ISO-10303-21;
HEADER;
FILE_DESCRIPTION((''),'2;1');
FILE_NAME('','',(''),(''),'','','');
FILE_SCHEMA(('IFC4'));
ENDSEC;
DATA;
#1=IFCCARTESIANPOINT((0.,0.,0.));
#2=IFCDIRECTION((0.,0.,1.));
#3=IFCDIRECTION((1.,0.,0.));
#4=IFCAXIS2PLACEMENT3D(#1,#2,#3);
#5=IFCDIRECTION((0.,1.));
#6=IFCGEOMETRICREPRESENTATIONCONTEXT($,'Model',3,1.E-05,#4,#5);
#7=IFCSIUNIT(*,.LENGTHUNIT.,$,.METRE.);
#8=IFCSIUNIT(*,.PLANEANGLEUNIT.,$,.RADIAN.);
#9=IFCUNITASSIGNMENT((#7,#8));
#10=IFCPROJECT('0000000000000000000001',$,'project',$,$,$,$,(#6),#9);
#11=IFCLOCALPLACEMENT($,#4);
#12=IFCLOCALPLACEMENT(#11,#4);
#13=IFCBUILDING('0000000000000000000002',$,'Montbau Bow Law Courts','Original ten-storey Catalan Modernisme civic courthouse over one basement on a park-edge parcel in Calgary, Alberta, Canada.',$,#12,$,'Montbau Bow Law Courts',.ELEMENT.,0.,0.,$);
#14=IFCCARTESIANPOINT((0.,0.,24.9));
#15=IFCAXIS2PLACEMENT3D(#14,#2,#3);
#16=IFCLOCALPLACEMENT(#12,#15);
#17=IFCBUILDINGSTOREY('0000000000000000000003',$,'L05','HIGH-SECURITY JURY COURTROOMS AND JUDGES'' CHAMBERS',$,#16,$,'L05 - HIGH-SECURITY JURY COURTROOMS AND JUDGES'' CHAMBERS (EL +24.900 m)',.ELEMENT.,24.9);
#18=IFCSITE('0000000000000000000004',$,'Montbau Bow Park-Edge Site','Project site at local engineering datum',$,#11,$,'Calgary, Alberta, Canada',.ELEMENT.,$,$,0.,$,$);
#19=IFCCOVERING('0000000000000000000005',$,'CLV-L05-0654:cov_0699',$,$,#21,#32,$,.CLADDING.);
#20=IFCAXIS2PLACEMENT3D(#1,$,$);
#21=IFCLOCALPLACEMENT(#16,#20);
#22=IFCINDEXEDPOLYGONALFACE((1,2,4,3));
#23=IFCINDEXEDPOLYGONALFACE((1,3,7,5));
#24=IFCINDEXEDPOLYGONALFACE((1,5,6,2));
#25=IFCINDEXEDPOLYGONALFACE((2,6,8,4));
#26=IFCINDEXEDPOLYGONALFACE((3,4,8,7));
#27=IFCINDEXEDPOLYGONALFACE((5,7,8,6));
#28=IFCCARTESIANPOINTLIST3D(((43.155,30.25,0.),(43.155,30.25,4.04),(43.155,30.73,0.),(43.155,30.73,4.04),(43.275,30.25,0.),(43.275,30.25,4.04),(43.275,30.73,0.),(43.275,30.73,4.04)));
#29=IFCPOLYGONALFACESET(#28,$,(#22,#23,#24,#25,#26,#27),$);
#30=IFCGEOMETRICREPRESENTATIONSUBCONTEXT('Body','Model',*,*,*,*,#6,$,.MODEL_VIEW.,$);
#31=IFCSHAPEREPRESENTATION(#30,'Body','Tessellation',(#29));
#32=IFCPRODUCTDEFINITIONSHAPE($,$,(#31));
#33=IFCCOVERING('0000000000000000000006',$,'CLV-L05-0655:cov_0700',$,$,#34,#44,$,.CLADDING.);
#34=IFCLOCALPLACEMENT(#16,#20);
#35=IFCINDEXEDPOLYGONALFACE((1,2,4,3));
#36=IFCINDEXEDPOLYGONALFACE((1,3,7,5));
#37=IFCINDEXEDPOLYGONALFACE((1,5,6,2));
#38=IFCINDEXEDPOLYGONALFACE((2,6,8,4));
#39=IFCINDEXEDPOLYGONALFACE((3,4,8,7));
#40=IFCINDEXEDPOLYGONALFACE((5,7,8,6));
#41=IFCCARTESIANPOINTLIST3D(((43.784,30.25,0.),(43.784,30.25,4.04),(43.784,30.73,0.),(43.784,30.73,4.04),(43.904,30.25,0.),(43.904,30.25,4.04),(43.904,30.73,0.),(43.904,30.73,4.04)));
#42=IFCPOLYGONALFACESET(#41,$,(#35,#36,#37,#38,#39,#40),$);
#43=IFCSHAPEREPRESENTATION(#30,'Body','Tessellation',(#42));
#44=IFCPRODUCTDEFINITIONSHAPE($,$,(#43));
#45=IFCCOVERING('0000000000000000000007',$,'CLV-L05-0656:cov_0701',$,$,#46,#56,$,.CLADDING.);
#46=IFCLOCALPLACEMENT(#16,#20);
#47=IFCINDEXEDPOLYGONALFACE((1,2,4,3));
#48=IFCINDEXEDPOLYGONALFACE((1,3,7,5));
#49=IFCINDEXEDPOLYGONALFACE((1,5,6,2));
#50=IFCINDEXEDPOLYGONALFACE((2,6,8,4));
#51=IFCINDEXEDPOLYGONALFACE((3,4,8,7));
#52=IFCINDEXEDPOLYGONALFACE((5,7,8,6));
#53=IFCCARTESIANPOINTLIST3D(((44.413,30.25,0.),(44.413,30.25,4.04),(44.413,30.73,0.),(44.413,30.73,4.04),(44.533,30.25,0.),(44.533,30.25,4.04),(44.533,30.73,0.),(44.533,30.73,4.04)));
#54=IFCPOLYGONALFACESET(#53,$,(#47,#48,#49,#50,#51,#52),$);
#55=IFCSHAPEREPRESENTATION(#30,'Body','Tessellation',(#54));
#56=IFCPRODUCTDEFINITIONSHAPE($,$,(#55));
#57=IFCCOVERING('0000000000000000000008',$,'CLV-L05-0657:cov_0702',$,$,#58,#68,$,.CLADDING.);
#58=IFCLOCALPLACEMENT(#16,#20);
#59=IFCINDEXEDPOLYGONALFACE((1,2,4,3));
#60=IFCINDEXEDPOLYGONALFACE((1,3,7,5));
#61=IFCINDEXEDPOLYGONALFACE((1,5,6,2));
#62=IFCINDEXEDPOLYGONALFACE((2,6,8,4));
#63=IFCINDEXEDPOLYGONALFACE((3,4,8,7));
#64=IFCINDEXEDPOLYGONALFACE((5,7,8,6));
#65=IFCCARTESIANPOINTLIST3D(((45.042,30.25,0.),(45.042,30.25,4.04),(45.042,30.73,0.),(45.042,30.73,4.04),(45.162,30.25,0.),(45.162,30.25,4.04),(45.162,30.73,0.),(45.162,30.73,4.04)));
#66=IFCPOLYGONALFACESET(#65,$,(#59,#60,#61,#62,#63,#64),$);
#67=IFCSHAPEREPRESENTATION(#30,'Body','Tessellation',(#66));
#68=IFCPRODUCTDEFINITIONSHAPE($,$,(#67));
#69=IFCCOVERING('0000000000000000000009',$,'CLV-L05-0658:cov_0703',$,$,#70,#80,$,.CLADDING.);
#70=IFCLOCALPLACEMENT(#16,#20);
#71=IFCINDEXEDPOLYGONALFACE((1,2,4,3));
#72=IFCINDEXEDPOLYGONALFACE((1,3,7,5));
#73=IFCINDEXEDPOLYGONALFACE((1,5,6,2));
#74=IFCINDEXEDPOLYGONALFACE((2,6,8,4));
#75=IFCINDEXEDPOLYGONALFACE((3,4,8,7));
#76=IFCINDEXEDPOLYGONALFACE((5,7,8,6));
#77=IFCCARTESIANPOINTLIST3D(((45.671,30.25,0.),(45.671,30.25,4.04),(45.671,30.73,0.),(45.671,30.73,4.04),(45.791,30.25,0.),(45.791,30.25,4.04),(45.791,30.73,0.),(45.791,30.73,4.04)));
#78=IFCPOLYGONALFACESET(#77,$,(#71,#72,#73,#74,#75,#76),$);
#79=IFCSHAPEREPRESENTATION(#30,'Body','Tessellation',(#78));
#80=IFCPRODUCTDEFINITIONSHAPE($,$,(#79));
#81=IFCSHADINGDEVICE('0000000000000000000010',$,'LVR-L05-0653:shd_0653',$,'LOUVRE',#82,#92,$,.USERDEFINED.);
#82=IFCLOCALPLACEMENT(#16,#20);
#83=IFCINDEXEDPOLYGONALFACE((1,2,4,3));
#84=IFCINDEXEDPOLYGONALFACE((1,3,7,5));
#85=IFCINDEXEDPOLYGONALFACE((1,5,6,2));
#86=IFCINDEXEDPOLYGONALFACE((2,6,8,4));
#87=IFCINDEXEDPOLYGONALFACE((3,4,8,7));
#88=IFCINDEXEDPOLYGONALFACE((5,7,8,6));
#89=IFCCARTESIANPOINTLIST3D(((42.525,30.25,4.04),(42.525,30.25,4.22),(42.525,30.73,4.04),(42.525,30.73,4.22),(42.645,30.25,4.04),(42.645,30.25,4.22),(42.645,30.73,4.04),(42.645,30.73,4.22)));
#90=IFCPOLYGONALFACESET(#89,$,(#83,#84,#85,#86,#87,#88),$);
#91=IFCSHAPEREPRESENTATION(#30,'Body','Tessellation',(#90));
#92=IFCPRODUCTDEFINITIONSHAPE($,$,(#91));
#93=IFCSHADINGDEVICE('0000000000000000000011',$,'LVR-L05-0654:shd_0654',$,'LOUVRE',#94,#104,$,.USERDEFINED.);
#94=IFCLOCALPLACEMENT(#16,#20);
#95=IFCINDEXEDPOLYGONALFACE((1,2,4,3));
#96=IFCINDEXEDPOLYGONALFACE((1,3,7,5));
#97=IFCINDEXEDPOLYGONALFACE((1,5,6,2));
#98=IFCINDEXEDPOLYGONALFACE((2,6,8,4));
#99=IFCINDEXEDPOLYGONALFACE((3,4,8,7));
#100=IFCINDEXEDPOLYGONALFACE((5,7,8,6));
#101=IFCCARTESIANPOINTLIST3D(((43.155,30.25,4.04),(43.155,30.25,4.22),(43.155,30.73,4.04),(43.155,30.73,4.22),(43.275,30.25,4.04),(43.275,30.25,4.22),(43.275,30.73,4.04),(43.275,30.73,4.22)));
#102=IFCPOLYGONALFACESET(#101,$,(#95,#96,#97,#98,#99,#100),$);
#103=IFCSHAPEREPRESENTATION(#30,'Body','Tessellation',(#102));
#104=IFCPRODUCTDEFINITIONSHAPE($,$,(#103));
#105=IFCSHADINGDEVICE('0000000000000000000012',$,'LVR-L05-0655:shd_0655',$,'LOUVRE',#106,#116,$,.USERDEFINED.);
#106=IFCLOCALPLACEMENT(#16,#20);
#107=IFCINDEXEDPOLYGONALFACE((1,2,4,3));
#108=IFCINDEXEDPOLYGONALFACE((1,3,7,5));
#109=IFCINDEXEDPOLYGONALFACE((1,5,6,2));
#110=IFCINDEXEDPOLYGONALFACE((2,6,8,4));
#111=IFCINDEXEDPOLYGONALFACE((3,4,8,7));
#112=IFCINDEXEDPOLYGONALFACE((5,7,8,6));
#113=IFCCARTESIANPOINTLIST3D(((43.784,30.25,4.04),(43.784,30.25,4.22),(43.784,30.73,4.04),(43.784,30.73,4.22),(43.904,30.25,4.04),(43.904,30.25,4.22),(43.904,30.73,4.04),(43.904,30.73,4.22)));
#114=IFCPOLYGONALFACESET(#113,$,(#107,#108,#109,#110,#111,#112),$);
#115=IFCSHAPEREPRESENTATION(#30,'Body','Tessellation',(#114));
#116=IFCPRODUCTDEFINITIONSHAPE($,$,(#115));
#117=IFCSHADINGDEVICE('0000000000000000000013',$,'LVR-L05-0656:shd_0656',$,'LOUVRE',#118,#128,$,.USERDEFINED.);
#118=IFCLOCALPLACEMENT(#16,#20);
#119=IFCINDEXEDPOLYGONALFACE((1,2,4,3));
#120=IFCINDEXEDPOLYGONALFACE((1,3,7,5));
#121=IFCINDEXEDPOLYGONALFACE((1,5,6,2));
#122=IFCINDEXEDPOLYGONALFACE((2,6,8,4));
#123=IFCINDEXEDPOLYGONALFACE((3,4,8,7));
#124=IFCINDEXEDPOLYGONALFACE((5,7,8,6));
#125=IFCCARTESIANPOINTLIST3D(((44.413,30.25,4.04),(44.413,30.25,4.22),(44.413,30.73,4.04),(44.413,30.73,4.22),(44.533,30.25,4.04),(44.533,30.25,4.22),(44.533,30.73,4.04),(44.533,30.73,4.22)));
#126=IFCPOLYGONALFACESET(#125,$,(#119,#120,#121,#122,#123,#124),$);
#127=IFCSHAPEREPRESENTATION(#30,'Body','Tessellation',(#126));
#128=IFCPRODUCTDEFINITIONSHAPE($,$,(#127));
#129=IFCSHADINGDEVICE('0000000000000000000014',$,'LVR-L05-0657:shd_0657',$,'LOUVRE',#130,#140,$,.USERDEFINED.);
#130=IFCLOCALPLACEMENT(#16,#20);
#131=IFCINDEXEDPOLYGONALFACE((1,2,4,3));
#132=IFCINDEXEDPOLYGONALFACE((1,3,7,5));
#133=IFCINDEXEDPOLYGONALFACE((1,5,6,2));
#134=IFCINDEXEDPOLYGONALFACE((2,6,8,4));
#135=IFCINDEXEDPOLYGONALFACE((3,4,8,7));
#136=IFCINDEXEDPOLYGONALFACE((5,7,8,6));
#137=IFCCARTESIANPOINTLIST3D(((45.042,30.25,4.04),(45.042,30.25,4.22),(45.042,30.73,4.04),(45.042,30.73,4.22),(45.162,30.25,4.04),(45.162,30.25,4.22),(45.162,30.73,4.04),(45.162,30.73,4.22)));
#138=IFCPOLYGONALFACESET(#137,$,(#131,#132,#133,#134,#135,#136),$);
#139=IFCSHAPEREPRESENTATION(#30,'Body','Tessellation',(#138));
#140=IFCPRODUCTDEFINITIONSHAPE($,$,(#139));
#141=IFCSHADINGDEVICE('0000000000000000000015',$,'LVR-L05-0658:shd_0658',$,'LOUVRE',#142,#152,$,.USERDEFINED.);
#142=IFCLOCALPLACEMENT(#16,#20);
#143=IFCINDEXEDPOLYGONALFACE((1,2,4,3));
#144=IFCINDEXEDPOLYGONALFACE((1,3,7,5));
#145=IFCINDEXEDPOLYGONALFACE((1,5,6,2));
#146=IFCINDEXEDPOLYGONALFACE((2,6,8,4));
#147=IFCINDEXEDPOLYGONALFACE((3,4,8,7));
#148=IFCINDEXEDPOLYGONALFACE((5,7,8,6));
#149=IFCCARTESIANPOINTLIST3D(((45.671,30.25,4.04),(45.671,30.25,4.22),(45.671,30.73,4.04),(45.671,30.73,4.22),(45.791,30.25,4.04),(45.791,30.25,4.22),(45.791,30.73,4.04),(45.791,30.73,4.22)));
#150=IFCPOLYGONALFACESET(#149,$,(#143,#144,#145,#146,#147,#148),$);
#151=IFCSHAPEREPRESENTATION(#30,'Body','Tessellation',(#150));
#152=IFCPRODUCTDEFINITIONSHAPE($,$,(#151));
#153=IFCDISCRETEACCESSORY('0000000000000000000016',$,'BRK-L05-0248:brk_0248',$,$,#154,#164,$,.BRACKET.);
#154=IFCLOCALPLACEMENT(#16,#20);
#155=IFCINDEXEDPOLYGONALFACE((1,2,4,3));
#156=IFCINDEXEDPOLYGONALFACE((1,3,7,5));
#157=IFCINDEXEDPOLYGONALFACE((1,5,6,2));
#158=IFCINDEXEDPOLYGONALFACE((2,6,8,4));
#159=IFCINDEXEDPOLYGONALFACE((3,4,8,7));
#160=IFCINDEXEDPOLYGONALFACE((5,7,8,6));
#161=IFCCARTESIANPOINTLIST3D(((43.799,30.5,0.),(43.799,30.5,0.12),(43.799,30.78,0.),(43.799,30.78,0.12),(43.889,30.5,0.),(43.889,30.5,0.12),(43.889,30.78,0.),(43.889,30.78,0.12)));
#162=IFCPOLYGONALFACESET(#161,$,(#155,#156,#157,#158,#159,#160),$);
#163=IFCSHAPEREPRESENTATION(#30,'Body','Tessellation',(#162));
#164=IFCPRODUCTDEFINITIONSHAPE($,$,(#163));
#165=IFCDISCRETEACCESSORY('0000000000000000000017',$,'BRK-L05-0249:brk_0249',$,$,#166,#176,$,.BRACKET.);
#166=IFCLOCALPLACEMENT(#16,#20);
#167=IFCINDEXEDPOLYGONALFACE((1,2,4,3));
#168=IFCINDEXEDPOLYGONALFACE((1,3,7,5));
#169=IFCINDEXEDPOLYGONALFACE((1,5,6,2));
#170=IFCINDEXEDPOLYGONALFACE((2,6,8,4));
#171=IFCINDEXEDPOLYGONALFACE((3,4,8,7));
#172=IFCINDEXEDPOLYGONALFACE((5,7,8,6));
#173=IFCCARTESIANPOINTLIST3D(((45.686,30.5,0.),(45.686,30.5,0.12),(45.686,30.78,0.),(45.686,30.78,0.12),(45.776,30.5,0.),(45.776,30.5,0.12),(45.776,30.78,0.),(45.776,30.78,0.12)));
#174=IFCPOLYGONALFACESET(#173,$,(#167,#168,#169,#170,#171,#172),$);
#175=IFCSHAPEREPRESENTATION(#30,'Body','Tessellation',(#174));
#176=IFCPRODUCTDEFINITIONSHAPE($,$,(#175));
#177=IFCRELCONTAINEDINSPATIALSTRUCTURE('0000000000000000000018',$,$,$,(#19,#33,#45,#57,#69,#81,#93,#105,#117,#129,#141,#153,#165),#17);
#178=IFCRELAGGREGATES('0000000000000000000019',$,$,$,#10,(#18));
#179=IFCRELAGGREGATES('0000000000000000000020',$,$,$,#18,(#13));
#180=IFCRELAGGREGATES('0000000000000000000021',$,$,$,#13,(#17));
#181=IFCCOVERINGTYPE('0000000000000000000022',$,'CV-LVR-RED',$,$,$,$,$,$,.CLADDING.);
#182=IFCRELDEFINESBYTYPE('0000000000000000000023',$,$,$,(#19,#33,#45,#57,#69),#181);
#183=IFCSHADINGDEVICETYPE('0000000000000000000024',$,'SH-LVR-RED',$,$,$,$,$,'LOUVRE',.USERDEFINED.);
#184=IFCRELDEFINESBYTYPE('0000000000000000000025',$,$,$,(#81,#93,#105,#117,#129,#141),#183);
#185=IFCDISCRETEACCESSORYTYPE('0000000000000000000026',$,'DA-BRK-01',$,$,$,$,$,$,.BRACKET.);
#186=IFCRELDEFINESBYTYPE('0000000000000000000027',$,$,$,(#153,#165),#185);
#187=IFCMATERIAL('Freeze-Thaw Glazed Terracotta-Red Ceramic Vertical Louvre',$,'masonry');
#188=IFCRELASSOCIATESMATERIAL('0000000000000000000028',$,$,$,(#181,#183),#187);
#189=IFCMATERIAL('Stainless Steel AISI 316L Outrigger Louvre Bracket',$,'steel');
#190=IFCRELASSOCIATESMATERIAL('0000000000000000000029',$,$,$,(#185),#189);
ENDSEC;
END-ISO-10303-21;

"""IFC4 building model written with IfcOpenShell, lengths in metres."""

from ifc_helpers import new_model, si_unit, direction, frame, frame_2d, origin_with_axes, origin_2d_with_axis, place, context, subcontext, project, spatial, rectangle, extrude, material, type_object, element, save


model = new_model("IFC4")

# Units and contexts
model_context = context("Model", 3, precision=1e-05, world=origin_with_axes(), true_north=direction((0.0, 1.0)))
body_context = subcontext(model_context, "Body", "Model", "MODEL_VIEW")
ifc_project = project(units=[si_unit("LENGTHUNIT", "METRE"), si_unit("PLANEANGLEUNIT", "RADIAN")], contexts=[model_context])

# Site, building, storey
site_placement = place(None, origin_with_axes())
site = spatial("IfcSite", under=ifc_project, at=site_placement, Name="Montbau Bow Park-Edge Site", Description="Project site at local engineering datum", LongName="Calgary, Alberta, Canada", CompositionType="ELEMENT", RefElevation=0.0)
building_placement = place(site_placement, origin_with_axes())
building = spatial("IfcBuilding", under=site, at=building_placement, Name="Montbau Bow Law Courts", Description="Original ten-storey Catalan Modernisme civic courthouse over one basement on a park-edge parcel in Calgary, Alberta, Canada.", LongName="Montbau Bow Law Courts", CompositionType="ELEMENT", ElevationOfRefHeight=0.0, ElevationOfTerrain=0.0)
storey_placement = place(building_placement, frame((0.0, 0.0, 24.9), z_axis=(0.0, 0.0, 1.0), x_axis=(1.0, 0.0, 0.0)))
storey = spatial("IfcBuildingStorey", under=building, at=storey_placement, Name="L05", Description="HIGH-SECURITY JURY COURTROOMS AND JUDGES' CHAMBERS", LongName="L05 - HIGH-SECURITY JURY COURTROOMS AND JUDGES' CHAMBERS (EL +24.900 m)", CompositionType="ELEMENT", Elevation=24.9)

# Coverings
ifc_material_1 = material(Name="Freeze-Thaw Glazed Terracotta-Red Ceramic Vertical Louvre", Category="masonry")
covering_type = type_object("IfcCoveringType", Name="CV-LVR-RED", PredefinedType="CLADDING", material=ifc_material_1)
for number, where, z_axis, x_axis, name in (
    (1, (43.215, 30.73, 24.9), (-1.0, 0.0, 0.0), (0.0, -1.0, 0.0), "CLV-L05-0654:cov_0699"),
    (2, (43.844, 30.73, 24.9), (-1.0, 0.0, 0.0), (0.0, -1.0, 0.0), "CLV-L05-0655:cov_0700"),
    (3, (44.473, 30.73, 24.9), (-1.0, 0.0, 0.0), (0.0, -1.0, 0.0), "CLV-L05-0656:cov_0701"),
    (4, (45.102, 30.73, 24.9), (-1.0, 0.0, 0.0), (0.0, -1.0, 0.0), "CLV-L05-0657:cov_0702"),
    (5, (45.731, 30.73, 24.9), (-1.0, 0.0, 0.0), (0.0, -1.0, 0.0), "CLV-L05-0658:cov_0703"),
):
    element("IfcCovering", number, at=place(None, frame(where, z_axis=z_axis, x_axis=x_axis)), inside=storey, type_object=covering_type, Name=name, PredefinedType="CLADDING", context=body_context, shape_type="SweptSolid", body=[
        extrude(rectangle(XDim=0.48, YDim=4.04, at=frame_2d((0.24, 2.02), x_axis=(1.0, 0.0))), frame((0.0, 0.0, -0.06), z_axis=(0.0, 0.0, 1.0), x_axis=(1.0, 0.0, 0.0)), (0.0, 0.0, 1.0), 0.12),
    ])

# Shading devices
shading_device_type = type_object("IfcShadingDeviceType", Name="SH-LVR-RED", ElementType="LOUVRE", PredefinedType="USERDEFINED", material=ifc_material_1)
for number, where, z_axis, x_axis, name in (
    (6, (42.585, 30.49, 28.94), (0.0, 0.0, 1.0), (0.0, -1.0, 0.0), "LVR-L05-0653:shd_0653"),
    (7, (43.215, 30.49, 28.94), (0.0, 0.0, 1.0), (0.0, -1.0, 0.0), "LVR-L05-0654:shd_0654"),
    (8, (43.844, 30.49, 28.94), (0.0, 0.0, 1.0), (0.0, -1.0, 0.0), "LVR-L05-0655:shd_0655"),
    (9, (44.473, 30.49, 28.94), (0.0, 0.0, 1.0), (0.0, -1.0, 0.0), "LVR-L05-0656:shd_0656"),
    (10, (45.102, 30.49, 28.94), (0.0, 0.0, 1.0), (0.0, -1.0, 0.0), "LVR-L05-0657:shd_0657"),
    (11, (45.731, 30.49, 28.94), (0.0, 0.0, 1.0), (0.0, -1.0, 0.0), "LVR-L05-0658:shd_0658"),
):
    element("IfcShadingDevice", number, at=place(None, frame(where, z_axis=z_axis, x_axis=x_axis)), inside=storey, type_object=shading_device_type, Name=name, ObjectType="LOUVRE", PredefinedType="USERDEFINED", context=body_context, shape_type="SweptSolid", body=[
        extrude(rectangle(XDim=0.48, YDim=0.12, at=origin_2d_with_axis()), origin_with_axes(), (0.0, 0.0, 1.0), 0.18),
    ])

# Discrete accessories
ifc_material_2 = material(Name="Stainless Steel AISI 316L Outrigger Louvre Bracket", Category="steel")
discrete_accessory_type = type_object("IfcDiscreteAccessoryType", Name="DA-BRK-01", PredefinedType="BRACKET", material=ifc_material_2)
for number, where, z_axis, x_axis, name in (
    (12, (43.844, 30.64, 24.9), (0.0, 0.0, 1.0), (0.0, -1.0, 0.0), "BRK-L05-0248:brk_0248"),
    (13, (45.731, 30.64, 24.9), (0.0, 0.0, 1.0), (0.0, -1.0, 0.0), "BRK-L05-0249:brk_0249"),
):
    element("IfcDiscreteAccessory", number, at=place(None, frame(where, z_axis=z_axis, x_axis=x_axis)), inside=storey, type_object=discrete_accessory_type, Name=name, PredefinedType="BRACKET", context=body_context, shape_type="SweptSolid", body=[
        extrude(rectangle(XDim=0.28, YDim=0.09, at=origin_2d_with_axis()), origin_with_axes(), (0.0, 0.0, 1.0), 0.12),
    ])

save(model, "model.ifc")
